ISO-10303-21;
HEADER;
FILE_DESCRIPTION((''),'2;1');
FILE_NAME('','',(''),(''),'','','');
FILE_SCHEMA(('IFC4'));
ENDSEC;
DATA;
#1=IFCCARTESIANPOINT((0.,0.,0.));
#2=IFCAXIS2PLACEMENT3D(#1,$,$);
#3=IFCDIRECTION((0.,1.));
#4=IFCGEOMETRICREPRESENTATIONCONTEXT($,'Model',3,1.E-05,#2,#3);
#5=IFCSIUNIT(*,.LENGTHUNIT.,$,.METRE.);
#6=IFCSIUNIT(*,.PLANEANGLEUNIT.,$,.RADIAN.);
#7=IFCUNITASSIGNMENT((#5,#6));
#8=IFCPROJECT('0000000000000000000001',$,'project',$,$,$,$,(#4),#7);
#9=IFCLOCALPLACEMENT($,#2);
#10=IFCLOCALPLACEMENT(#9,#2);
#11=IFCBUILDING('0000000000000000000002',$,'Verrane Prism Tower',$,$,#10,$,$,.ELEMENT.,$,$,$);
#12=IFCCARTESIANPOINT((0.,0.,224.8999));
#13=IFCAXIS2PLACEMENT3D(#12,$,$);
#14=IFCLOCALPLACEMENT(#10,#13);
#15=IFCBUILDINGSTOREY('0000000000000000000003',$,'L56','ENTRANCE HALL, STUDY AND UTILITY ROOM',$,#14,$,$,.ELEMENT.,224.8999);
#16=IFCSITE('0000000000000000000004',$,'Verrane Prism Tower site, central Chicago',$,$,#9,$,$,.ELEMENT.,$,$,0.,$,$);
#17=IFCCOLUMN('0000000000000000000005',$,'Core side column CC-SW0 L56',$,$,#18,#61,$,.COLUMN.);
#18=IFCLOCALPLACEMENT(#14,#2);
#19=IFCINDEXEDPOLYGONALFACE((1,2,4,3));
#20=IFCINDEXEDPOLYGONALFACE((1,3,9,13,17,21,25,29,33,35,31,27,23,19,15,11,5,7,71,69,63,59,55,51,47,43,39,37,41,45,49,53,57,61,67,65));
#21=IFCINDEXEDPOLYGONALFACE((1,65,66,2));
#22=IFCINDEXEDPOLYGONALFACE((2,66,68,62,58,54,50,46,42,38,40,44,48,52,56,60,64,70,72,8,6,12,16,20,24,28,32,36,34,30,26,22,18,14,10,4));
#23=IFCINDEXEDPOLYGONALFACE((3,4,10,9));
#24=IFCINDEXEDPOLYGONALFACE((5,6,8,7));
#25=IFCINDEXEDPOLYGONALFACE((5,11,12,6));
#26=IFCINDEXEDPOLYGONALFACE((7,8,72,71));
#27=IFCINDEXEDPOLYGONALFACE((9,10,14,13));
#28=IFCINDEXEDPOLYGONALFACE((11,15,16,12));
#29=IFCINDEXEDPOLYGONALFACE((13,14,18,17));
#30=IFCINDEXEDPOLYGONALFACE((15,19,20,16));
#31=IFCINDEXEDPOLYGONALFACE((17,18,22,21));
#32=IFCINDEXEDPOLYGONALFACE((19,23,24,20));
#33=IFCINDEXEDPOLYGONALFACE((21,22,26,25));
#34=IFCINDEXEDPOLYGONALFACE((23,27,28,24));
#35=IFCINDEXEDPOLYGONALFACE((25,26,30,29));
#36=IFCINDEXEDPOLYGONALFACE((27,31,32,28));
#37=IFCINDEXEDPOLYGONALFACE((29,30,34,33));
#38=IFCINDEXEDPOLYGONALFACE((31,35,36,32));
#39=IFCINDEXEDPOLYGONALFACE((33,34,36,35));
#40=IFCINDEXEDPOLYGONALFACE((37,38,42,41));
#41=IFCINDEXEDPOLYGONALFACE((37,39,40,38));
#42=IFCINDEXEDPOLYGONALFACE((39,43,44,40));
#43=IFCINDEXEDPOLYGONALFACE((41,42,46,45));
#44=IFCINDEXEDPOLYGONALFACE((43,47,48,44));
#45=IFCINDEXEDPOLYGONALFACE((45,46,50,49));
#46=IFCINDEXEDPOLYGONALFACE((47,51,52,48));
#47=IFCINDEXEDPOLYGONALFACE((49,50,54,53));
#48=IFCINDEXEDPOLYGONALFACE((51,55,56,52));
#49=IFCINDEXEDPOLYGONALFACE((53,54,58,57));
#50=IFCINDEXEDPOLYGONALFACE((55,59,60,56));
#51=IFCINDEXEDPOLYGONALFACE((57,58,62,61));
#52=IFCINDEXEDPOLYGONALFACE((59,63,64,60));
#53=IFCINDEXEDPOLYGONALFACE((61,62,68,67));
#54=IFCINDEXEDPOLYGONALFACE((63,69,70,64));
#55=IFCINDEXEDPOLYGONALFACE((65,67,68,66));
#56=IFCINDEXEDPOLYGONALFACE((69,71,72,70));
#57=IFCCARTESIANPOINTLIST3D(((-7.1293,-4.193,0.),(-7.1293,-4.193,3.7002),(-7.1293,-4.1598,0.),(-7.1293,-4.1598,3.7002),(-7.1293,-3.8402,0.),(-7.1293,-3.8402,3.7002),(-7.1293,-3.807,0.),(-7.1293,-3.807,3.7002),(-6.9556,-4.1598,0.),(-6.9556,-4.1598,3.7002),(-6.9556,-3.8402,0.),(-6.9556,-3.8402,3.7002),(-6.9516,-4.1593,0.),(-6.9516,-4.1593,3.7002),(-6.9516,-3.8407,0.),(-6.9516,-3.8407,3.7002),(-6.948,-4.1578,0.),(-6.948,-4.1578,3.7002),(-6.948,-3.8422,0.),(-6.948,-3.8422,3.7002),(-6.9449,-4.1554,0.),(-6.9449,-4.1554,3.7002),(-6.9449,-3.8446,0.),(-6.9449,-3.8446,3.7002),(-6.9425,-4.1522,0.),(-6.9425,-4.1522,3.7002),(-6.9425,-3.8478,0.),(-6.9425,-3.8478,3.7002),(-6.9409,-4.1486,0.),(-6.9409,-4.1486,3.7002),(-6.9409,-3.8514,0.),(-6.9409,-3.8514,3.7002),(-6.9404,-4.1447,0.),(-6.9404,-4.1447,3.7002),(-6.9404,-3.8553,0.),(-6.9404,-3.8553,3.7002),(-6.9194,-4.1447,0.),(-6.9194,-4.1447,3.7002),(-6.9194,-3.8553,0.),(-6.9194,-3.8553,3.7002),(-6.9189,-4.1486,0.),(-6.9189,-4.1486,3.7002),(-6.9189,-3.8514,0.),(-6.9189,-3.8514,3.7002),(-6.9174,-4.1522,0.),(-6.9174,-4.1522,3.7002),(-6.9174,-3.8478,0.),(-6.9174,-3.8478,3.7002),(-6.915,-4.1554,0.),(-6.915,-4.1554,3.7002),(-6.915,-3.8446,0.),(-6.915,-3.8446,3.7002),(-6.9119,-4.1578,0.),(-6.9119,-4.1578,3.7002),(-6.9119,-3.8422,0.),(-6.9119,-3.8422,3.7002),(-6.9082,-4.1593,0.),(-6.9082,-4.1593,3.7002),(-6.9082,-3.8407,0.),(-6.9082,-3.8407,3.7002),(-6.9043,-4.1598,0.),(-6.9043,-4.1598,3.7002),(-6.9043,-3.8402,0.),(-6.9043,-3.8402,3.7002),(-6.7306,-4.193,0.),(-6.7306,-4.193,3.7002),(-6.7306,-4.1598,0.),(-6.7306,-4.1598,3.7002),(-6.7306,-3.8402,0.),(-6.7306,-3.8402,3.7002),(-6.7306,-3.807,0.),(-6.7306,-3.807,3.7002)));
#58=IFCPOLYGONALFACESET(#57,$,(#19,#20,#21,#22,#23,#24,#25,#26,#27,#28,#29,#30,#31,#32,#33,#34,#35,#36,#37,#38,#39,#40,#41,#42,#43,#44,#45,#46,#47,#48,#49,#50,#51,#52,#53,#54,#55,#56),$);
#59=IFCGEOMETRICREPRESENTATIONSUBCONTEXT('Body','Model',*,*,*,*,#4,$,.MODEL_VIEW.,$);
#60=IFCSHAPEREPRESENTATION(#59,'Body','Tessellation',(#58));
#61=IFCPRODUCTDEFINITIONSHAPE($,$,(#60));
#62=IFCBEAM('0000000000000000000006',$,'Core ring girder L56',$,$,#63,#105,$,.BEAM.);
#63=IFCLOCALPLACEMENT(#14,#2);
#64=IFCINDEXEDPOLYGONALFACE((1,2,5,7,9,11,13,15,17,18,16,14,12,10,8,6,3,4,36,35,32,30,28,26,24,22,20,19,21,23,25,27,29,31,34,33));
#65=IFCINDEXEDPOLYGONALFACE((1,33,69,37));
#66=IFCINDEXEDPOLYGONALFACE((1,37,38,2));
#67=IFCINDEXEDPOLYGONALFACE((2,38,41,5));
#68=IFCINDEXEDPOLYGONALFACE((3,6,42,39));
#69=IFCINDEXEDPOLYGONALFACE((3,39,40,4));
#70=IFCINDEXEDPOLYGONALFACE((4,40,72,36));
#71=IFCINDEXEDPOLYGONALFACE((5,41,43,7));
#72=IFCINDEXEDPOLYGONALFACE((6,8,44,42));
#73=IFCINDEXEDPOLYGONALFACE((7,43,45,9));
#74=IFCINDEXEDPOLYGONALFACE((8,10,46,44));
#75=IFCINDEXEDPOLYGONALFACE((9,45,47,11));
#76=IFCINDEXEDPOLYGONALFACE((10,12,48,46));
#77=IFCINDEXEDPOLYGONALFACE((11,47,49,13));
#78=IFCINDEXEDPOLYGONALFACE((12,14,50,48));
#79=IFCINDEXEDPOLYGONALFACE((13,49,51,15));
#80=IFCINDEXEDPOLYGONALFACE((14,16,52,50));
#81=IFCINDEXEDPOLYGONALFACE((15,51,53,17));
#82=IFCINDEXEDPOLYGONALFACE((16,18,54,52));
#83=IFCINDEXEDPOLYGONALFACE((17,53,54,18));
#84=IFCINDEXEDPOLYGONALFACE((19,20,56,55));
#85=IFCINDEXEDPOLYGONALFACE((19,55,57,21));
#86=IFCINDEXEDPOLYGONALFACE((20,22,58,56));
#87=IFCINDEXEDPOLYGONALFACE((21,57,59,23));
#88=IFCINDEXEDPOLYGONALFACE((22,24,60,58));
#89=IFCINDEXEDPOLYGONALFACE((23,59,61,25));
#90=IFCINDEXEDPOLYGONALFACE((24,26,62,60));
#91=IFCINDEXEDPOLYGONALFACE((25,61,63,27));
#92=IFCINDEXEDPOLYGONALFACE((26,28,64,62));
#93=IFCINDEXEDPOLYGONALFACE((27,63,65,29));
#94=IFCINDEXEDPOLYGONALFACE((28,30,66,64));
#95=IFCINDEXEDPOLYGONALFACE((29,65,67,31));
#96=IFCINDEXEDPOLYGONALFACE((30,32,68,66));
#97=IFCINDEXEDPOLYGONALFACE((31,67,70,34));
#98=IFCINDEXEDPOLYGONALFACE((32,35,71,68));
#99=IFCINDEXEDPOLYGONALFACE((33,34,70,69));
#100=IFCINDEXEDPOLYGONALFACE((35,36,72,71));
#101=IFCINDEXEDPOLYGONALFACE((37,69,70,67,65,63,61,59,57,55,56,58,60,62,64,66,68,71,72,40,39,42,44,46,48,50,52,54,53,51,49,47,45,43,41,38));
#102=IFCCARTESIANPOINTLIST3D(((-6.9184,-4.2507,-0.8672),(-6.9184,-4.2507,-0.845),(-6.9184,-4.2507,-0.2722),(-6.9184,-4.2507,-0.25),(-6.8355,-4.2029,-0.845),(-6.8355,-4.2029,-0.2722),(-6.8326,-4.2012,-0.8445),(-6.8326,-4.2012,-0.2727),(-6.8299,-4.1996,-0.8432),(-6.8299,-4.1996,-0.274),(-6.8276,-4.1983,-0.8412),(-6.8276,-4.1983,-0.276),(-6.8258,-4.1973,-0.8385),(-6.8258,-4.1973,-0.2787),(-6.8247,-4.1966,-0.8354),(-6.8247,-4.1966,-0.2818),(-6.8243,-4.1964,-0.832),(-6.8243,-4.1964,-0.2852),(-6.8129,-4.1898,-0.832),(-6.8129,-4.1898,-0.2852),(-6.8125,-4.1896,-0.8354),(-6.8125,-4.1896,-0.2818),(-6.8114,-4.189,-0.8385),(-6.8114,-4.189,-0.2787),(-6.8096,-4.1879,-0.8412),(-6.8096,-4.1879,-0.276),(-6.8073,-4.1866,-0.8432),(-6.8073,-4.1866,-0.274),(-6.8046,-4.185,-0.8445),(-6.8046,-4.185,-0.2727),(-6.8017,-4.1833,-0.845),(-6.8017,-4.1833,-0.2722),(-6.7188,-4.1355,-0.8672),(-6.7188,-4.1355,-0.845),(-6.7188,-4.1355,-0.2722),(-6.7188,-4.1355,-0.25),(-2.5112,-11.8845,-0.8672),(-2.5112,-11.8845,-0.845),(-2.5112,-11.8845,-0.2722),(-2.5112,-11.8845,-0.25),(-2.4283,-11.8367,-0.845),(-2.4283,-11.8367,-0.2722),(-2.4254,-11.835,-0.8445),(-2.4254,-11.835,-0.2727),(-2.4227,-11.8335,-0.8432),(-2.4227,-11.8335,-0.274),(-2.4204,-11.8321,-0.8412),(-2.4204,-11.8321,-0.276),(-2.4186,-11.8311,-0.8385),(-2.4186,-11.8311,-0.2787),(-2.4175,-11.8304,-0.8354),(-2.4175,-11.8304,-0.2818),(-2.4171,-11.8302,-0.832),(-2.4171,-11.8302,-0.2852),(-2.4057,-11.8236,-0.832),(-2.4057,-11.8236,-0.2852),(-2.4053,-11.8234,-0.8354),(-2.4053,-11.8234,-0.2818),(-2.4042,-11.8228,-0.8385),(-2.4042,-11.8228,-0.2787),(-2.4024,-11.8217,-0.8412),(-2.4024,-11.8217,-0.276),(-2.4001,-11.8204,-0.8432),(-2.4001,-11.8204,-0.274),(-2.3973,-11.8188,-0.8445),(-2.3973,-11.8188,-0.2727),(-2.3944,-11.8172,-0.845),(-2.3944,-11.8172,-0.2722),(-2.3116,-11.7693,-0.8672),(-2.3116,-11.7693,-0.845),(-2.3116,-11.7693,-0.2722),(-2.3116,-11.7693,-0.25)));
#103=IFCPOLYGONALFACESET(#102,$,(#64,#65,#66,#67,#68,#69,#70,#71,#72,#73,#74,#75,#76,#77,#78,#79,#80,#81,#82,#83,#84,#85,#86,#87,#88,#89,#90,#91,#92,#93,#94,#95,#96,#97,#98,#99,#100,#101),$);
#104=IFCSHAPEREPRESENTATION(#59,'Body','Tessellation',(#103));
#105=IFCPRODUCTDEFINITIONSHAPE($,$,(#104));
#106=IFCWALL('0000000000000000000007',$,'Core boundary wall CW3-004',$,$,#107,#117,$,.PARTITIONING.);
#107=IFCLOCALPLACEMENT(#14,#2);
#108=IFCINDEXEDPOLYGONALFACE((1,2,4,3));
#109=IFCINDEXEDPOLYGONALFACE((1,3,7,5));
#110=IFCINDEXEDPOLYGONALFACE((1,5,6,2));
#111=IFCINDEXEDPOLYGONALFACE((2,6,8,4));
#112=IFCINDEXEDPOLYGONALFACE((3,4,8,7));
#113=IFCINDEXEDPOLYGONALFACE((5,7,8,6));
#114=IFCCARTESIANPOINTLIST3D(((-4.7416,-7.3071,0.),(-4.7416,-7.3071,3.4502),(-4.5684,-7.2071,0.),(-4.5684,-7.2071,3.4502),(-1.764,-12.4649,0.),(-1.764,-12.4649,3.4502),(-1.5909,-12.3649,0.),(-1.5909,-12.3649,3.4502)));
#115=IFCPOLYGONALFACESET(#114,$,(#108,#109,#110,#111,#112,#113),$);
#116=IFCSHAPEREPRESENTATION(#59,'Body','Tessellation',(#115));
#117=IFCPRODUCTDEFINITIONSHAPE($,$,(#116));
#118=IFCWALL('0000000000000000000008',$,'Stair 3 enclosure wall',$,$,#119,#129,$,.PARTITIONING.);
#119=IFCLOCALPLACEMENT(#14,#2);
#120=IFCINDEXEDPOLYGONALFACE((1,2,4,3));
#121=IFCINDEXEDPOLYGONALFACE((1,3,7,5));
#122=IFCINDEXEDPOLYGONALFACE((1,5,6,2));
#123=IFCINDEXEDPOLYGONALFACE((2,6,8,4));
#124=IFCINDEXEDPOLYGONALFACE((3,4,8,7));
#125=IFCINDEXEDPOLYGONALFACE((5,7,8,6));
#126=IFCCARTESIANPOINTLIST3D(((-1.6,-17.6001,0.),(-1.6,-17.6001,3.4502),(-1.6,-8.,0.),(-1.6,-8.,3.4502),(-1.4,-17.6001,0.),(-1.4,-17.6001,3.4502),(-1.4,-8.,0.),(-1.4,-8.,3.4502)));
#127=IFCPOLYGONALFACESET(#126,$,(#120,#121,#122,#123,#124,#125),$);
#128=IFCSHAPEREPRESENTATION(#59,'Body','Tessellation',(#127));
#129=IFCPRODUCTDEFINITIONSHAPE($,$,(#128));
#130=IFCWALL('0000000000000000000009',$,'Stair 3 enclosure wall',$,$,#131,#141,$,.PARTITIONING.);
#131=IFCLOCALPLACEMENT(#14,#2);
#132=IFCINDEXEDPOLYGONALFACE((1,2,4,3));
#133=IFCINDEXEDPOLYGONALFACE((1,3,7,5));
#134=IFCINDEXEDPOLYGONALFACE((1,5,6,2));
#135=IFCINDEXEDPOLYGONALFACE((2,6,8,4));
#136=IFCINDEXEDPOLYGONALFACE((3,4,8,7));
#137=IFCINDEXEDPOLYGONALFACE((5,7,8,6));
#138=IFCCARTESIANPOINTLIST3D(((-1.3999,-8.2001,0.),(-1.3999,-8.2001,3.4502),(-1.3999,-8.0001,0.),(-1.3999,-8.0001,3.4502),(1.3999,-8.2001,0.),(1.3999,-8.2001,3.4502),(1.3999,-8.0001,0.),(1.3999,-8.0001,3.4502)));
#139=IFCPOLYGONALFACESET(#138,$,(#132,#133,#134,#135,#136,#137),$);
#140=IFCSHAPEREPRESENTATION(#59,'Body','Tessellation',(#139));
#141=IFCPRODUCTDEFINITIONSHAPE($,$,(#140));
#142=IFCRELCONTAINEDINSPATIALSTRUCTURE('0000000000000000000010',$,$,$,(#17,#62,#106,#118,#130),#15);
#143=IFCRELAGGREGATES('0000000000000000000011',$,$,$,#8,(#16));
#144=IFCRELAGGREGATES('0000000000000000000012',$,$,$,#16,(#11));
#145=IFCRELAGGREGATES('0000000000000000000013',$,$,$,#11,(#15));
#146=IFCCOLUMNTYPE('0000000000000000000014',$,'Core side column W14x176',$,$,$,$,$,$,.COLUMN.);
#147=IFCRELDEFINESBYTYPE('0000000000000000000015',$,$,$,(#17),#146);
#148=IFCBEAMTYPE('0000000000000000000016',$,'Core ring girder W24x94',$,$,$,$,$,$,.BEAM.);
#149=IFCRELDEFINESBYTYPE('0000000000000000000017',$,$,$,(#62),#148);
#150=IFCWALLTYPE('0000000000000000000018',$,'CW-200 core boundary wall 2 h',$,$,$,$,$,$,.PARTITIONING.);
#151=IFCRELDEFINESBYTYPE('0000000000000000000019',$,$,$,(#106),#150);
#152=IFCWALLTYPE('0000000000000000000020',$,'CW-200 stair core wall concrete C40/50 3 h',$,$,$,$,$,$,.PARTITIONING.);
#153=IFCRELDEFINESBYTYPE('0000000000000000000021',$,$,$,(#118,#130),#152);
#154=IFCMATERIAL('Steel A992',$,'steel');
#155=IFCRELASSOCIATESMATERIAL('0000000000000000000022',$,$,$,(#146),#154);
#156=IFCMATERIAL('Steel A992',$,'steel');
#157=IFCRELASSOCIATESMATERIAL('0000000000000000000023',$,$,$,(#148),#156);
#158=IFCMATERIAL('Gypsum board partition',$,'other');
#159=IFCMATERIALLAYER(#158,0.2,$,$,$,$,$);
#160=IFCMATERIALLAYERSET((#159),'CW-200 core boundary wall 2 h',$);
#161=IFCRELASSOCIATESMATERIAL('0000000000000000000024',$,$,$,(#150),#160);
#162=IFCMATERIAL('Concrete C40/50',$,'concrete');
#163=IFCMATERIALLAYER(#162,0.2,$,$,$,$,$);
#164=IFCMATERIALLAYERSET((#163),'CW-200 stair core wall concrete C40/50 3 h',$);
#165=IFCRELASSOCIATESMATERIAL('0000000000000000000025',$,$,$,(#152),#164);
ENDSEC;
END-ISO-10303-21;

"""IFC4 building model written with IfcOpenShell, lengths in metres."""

from ifc_helpers import new_model, si_unit, direction, frame, frame_2d, origin, origin_2d, place, context, subcontext, project, spatial, rectangle, i_section, extrude, material, layer, layer_set, material_profile, profile_set, type_object, element, save


model = new_model("IFC4")

# Units and contexts
model_context = context("Model", 3, precision=1e-05, world=origin(), true_north=direction((0.0, 1.0)))
body_context = subcontext(model_context, "Body", "Model", "MODEL_VIEW")
ifc_project = project(units=[si_unit("LENGTHUNIT", "METRE"), si_unit("PLANEANGLEUNIT", "RADIAN")], contexts=[model_context])

# Site, building, storey
site_placement = place(None, origin())
site = spatial("IfcSite", under=ifc_project, at=site_placement, Name="Verrane Prism Tower site, central Chicago", CompositionType="ELEMENT", RefElevation=0.0)
building_placement = place(site_placement, origin())
building = spatial("IfcBuilding", under=site, at=building_placement, Name="Verrane Prism Tower", CompositionType="ELEMENT")
storey_placement = place(building_placement, frame((0.0, 0.0, 224.8999)))
storey = spatial("IfcBuildingStorey", under=building, at=storey_placement, Name="L56", Description="ENTRANCE HALL, STUDY AND UTILITY ROOM", CompositionType="ELEMENT", Elevation=224.8999)

# Column
ifc_material_1 = material(Name="Steel A992", Category="steel")
ifc_material_profile_1 = material_profile(ifc_material_1, i_section(OverallWidth=0.3987, OverallDepth=0.386, WebThickness=0.021, FlangeThickness=0.0332, FilletRadius=0.0151, at=origin_2d()), Name="W14x176")
ifc_profile_set_1 = profile_set([ifc_material_profile_1], Name="Steel A992")
column_type = type_object("IfcColumnType", Name="Core side column W14x176", PredefinedType="COLUMN", material=ifc_profile_set_1)
column_placement = place(storey_placement, frame((-6.9299, -4.0, 0.0), z_axis=(0.0, 0.0, 1.0), x_axis=(1.0, 0.0, 0.0)))
element("IfcColumn", 1, at=column_placement, inside=storey, type_object=column_type, Name="Core side column CC-SW0 L56", PredefinedType="COLUMN", context=body_context, shape_type="SweptSolid", body=[
    extrude(i_section(OverallWidth=0.3987, OverallDepth=0.386, WebThickness=0.021, FlangeThickness=0.0332, FilletRadius=0.0151, at=origin_2d()), origin(), (0.0, 0.0, 1.0), 3.7002),
])

# Beam
ifc_material_2 = material(Name="Steel A992", Category="steel")
ifc_material_profile_2 = material_profile(ifc_material_2, i_section(OverallWidth=0.2305, OverallDepth=0.6172, WebThickness=0.0132, FlangeThickness=0.0222, FilletRadius=0.0129, at=origin_2d()), Name="W24x94")
ifc_profile_set_2 = profile_set([ifc_material_profile_2], Name="Steel A992")
beam_type = type_object("IfcBeamType", Name="Core ring girder W24x94", PredefinedType="BEAM", material=ifc_profile_set_2)
beam_placement = place(storey_placement, frame((-6.8186, -4.1931, -0.5586), z_axis=(0.499988, -0.866032, 0.0), x_axis=(0.866032, 0.499988, 0.0)))
element("IfcBeam", 2, at=beam_placement, inside=storey, type_object=beam_type, Name="Core ring girder L56", PredefinedType="BEAM", context=body_context, shape_type="SweptSolid", body=[
    extrude(i_section(OverallWidth=0.2305, OverallDepth=0.6172, WebThickness=0.0132, FlangeThickness=0.0222, FilletRadius=0.0129, at=origin_2d()), origin(), (0.0, 0.0, 1.0), 8.8147),
])

# Walls
ifc_material_3 = material(Name="Gypsum board partition", Category="other")
ifc_layer_1 = layer(ifc_material_3, 0.2)
ifc_layer_set_1 = layer_set([ifc_layer_1], Name="CW-200 core boundary wall 2 h")
wall_type_1 = type_object("IfcWallType", Name="CW-200 core boundary wall 2 h", PredefinedType="PARTITIONING", material=ifc_layer_set_1)
wall_1_placement = place(storey_placement, frame((-4.655, -7.2571, 0.0), z_axis=(0.0, 0.0, 1.0), x_axis=(0.499966, -0.866045, 0.0)))
element("IfcWall", 3, at=wall_1_placement, inside=storey, type_object=wall_type_1, Name="Core boundary wall CW3-004", PredefinedType="PARTITIONING", context=body_context, shape_type="SweptSolid", body=[
    extrude(rectangle(XDim=5.9556, YDim=0.2, at=frame_2d((2.9778, 0.0))), origin(), (0.0, 0.0, 1.0), 3.4502),
])
ifc_material_4 = material(Name="Concrete C40/50", Category="concrete")
ifc_layer_2 = layer(ifc_material_4, 0.2)
ifc_layer_set_2 = layer_set([ifc_layer_2], Name="CW-200 stair core wall concrete C40/50 3 h")
wall_type_2 = type_object("IfcWallType", Name="CW-200 stair core wall concrete C40/50 3 h", PredefinedType="PARTITIONING", material=ifc_layer_set_2)
wall_2_placement = place(storey_placement, frame((-1.5, -8.0, 0.0), z_axis=(0.0, 0.0, 1.0), x_axis=(0.0, -1.0, 0.0)))
element("IfcWall", 4, at=wall_2_placement, inside=storey, type_object=wall_type_2, Name="Stair 3 enclosure wall", PredefinedType="PARTITIONING", context=body_context, shape_type="SweptSolid", body=[
    extrude(rectangle(XDim=9.6001, YDim=0.2, at=frame_2d((4.8, 0.0))), origin(), (0.0, 0.0, 1.0), 3.4502),
])
wall_3_placement = place(storey_placement, frame((-1.3999, -8.1001, 0.0), z_axis=(0.0, 0.0, 1.0), x_axis=(1.0, 0.0, 0.0)))
element("IfcWall", 5, at=wall_3_placement, inside=storey, type_object=wall_type_2, Name="Stair 3 enclosure wall", PredefinedType="PARTITIONING", context=body_context, shape_type="SweptSolid", body=[
    extrude(rectangle(XDim=2.7998, YDim=0.2, at=frame_2d((1.3999, 0.0))), origin(), (0.0, 0.0, 1.0), 3.4502),
])

save(model, "model.ifc")
